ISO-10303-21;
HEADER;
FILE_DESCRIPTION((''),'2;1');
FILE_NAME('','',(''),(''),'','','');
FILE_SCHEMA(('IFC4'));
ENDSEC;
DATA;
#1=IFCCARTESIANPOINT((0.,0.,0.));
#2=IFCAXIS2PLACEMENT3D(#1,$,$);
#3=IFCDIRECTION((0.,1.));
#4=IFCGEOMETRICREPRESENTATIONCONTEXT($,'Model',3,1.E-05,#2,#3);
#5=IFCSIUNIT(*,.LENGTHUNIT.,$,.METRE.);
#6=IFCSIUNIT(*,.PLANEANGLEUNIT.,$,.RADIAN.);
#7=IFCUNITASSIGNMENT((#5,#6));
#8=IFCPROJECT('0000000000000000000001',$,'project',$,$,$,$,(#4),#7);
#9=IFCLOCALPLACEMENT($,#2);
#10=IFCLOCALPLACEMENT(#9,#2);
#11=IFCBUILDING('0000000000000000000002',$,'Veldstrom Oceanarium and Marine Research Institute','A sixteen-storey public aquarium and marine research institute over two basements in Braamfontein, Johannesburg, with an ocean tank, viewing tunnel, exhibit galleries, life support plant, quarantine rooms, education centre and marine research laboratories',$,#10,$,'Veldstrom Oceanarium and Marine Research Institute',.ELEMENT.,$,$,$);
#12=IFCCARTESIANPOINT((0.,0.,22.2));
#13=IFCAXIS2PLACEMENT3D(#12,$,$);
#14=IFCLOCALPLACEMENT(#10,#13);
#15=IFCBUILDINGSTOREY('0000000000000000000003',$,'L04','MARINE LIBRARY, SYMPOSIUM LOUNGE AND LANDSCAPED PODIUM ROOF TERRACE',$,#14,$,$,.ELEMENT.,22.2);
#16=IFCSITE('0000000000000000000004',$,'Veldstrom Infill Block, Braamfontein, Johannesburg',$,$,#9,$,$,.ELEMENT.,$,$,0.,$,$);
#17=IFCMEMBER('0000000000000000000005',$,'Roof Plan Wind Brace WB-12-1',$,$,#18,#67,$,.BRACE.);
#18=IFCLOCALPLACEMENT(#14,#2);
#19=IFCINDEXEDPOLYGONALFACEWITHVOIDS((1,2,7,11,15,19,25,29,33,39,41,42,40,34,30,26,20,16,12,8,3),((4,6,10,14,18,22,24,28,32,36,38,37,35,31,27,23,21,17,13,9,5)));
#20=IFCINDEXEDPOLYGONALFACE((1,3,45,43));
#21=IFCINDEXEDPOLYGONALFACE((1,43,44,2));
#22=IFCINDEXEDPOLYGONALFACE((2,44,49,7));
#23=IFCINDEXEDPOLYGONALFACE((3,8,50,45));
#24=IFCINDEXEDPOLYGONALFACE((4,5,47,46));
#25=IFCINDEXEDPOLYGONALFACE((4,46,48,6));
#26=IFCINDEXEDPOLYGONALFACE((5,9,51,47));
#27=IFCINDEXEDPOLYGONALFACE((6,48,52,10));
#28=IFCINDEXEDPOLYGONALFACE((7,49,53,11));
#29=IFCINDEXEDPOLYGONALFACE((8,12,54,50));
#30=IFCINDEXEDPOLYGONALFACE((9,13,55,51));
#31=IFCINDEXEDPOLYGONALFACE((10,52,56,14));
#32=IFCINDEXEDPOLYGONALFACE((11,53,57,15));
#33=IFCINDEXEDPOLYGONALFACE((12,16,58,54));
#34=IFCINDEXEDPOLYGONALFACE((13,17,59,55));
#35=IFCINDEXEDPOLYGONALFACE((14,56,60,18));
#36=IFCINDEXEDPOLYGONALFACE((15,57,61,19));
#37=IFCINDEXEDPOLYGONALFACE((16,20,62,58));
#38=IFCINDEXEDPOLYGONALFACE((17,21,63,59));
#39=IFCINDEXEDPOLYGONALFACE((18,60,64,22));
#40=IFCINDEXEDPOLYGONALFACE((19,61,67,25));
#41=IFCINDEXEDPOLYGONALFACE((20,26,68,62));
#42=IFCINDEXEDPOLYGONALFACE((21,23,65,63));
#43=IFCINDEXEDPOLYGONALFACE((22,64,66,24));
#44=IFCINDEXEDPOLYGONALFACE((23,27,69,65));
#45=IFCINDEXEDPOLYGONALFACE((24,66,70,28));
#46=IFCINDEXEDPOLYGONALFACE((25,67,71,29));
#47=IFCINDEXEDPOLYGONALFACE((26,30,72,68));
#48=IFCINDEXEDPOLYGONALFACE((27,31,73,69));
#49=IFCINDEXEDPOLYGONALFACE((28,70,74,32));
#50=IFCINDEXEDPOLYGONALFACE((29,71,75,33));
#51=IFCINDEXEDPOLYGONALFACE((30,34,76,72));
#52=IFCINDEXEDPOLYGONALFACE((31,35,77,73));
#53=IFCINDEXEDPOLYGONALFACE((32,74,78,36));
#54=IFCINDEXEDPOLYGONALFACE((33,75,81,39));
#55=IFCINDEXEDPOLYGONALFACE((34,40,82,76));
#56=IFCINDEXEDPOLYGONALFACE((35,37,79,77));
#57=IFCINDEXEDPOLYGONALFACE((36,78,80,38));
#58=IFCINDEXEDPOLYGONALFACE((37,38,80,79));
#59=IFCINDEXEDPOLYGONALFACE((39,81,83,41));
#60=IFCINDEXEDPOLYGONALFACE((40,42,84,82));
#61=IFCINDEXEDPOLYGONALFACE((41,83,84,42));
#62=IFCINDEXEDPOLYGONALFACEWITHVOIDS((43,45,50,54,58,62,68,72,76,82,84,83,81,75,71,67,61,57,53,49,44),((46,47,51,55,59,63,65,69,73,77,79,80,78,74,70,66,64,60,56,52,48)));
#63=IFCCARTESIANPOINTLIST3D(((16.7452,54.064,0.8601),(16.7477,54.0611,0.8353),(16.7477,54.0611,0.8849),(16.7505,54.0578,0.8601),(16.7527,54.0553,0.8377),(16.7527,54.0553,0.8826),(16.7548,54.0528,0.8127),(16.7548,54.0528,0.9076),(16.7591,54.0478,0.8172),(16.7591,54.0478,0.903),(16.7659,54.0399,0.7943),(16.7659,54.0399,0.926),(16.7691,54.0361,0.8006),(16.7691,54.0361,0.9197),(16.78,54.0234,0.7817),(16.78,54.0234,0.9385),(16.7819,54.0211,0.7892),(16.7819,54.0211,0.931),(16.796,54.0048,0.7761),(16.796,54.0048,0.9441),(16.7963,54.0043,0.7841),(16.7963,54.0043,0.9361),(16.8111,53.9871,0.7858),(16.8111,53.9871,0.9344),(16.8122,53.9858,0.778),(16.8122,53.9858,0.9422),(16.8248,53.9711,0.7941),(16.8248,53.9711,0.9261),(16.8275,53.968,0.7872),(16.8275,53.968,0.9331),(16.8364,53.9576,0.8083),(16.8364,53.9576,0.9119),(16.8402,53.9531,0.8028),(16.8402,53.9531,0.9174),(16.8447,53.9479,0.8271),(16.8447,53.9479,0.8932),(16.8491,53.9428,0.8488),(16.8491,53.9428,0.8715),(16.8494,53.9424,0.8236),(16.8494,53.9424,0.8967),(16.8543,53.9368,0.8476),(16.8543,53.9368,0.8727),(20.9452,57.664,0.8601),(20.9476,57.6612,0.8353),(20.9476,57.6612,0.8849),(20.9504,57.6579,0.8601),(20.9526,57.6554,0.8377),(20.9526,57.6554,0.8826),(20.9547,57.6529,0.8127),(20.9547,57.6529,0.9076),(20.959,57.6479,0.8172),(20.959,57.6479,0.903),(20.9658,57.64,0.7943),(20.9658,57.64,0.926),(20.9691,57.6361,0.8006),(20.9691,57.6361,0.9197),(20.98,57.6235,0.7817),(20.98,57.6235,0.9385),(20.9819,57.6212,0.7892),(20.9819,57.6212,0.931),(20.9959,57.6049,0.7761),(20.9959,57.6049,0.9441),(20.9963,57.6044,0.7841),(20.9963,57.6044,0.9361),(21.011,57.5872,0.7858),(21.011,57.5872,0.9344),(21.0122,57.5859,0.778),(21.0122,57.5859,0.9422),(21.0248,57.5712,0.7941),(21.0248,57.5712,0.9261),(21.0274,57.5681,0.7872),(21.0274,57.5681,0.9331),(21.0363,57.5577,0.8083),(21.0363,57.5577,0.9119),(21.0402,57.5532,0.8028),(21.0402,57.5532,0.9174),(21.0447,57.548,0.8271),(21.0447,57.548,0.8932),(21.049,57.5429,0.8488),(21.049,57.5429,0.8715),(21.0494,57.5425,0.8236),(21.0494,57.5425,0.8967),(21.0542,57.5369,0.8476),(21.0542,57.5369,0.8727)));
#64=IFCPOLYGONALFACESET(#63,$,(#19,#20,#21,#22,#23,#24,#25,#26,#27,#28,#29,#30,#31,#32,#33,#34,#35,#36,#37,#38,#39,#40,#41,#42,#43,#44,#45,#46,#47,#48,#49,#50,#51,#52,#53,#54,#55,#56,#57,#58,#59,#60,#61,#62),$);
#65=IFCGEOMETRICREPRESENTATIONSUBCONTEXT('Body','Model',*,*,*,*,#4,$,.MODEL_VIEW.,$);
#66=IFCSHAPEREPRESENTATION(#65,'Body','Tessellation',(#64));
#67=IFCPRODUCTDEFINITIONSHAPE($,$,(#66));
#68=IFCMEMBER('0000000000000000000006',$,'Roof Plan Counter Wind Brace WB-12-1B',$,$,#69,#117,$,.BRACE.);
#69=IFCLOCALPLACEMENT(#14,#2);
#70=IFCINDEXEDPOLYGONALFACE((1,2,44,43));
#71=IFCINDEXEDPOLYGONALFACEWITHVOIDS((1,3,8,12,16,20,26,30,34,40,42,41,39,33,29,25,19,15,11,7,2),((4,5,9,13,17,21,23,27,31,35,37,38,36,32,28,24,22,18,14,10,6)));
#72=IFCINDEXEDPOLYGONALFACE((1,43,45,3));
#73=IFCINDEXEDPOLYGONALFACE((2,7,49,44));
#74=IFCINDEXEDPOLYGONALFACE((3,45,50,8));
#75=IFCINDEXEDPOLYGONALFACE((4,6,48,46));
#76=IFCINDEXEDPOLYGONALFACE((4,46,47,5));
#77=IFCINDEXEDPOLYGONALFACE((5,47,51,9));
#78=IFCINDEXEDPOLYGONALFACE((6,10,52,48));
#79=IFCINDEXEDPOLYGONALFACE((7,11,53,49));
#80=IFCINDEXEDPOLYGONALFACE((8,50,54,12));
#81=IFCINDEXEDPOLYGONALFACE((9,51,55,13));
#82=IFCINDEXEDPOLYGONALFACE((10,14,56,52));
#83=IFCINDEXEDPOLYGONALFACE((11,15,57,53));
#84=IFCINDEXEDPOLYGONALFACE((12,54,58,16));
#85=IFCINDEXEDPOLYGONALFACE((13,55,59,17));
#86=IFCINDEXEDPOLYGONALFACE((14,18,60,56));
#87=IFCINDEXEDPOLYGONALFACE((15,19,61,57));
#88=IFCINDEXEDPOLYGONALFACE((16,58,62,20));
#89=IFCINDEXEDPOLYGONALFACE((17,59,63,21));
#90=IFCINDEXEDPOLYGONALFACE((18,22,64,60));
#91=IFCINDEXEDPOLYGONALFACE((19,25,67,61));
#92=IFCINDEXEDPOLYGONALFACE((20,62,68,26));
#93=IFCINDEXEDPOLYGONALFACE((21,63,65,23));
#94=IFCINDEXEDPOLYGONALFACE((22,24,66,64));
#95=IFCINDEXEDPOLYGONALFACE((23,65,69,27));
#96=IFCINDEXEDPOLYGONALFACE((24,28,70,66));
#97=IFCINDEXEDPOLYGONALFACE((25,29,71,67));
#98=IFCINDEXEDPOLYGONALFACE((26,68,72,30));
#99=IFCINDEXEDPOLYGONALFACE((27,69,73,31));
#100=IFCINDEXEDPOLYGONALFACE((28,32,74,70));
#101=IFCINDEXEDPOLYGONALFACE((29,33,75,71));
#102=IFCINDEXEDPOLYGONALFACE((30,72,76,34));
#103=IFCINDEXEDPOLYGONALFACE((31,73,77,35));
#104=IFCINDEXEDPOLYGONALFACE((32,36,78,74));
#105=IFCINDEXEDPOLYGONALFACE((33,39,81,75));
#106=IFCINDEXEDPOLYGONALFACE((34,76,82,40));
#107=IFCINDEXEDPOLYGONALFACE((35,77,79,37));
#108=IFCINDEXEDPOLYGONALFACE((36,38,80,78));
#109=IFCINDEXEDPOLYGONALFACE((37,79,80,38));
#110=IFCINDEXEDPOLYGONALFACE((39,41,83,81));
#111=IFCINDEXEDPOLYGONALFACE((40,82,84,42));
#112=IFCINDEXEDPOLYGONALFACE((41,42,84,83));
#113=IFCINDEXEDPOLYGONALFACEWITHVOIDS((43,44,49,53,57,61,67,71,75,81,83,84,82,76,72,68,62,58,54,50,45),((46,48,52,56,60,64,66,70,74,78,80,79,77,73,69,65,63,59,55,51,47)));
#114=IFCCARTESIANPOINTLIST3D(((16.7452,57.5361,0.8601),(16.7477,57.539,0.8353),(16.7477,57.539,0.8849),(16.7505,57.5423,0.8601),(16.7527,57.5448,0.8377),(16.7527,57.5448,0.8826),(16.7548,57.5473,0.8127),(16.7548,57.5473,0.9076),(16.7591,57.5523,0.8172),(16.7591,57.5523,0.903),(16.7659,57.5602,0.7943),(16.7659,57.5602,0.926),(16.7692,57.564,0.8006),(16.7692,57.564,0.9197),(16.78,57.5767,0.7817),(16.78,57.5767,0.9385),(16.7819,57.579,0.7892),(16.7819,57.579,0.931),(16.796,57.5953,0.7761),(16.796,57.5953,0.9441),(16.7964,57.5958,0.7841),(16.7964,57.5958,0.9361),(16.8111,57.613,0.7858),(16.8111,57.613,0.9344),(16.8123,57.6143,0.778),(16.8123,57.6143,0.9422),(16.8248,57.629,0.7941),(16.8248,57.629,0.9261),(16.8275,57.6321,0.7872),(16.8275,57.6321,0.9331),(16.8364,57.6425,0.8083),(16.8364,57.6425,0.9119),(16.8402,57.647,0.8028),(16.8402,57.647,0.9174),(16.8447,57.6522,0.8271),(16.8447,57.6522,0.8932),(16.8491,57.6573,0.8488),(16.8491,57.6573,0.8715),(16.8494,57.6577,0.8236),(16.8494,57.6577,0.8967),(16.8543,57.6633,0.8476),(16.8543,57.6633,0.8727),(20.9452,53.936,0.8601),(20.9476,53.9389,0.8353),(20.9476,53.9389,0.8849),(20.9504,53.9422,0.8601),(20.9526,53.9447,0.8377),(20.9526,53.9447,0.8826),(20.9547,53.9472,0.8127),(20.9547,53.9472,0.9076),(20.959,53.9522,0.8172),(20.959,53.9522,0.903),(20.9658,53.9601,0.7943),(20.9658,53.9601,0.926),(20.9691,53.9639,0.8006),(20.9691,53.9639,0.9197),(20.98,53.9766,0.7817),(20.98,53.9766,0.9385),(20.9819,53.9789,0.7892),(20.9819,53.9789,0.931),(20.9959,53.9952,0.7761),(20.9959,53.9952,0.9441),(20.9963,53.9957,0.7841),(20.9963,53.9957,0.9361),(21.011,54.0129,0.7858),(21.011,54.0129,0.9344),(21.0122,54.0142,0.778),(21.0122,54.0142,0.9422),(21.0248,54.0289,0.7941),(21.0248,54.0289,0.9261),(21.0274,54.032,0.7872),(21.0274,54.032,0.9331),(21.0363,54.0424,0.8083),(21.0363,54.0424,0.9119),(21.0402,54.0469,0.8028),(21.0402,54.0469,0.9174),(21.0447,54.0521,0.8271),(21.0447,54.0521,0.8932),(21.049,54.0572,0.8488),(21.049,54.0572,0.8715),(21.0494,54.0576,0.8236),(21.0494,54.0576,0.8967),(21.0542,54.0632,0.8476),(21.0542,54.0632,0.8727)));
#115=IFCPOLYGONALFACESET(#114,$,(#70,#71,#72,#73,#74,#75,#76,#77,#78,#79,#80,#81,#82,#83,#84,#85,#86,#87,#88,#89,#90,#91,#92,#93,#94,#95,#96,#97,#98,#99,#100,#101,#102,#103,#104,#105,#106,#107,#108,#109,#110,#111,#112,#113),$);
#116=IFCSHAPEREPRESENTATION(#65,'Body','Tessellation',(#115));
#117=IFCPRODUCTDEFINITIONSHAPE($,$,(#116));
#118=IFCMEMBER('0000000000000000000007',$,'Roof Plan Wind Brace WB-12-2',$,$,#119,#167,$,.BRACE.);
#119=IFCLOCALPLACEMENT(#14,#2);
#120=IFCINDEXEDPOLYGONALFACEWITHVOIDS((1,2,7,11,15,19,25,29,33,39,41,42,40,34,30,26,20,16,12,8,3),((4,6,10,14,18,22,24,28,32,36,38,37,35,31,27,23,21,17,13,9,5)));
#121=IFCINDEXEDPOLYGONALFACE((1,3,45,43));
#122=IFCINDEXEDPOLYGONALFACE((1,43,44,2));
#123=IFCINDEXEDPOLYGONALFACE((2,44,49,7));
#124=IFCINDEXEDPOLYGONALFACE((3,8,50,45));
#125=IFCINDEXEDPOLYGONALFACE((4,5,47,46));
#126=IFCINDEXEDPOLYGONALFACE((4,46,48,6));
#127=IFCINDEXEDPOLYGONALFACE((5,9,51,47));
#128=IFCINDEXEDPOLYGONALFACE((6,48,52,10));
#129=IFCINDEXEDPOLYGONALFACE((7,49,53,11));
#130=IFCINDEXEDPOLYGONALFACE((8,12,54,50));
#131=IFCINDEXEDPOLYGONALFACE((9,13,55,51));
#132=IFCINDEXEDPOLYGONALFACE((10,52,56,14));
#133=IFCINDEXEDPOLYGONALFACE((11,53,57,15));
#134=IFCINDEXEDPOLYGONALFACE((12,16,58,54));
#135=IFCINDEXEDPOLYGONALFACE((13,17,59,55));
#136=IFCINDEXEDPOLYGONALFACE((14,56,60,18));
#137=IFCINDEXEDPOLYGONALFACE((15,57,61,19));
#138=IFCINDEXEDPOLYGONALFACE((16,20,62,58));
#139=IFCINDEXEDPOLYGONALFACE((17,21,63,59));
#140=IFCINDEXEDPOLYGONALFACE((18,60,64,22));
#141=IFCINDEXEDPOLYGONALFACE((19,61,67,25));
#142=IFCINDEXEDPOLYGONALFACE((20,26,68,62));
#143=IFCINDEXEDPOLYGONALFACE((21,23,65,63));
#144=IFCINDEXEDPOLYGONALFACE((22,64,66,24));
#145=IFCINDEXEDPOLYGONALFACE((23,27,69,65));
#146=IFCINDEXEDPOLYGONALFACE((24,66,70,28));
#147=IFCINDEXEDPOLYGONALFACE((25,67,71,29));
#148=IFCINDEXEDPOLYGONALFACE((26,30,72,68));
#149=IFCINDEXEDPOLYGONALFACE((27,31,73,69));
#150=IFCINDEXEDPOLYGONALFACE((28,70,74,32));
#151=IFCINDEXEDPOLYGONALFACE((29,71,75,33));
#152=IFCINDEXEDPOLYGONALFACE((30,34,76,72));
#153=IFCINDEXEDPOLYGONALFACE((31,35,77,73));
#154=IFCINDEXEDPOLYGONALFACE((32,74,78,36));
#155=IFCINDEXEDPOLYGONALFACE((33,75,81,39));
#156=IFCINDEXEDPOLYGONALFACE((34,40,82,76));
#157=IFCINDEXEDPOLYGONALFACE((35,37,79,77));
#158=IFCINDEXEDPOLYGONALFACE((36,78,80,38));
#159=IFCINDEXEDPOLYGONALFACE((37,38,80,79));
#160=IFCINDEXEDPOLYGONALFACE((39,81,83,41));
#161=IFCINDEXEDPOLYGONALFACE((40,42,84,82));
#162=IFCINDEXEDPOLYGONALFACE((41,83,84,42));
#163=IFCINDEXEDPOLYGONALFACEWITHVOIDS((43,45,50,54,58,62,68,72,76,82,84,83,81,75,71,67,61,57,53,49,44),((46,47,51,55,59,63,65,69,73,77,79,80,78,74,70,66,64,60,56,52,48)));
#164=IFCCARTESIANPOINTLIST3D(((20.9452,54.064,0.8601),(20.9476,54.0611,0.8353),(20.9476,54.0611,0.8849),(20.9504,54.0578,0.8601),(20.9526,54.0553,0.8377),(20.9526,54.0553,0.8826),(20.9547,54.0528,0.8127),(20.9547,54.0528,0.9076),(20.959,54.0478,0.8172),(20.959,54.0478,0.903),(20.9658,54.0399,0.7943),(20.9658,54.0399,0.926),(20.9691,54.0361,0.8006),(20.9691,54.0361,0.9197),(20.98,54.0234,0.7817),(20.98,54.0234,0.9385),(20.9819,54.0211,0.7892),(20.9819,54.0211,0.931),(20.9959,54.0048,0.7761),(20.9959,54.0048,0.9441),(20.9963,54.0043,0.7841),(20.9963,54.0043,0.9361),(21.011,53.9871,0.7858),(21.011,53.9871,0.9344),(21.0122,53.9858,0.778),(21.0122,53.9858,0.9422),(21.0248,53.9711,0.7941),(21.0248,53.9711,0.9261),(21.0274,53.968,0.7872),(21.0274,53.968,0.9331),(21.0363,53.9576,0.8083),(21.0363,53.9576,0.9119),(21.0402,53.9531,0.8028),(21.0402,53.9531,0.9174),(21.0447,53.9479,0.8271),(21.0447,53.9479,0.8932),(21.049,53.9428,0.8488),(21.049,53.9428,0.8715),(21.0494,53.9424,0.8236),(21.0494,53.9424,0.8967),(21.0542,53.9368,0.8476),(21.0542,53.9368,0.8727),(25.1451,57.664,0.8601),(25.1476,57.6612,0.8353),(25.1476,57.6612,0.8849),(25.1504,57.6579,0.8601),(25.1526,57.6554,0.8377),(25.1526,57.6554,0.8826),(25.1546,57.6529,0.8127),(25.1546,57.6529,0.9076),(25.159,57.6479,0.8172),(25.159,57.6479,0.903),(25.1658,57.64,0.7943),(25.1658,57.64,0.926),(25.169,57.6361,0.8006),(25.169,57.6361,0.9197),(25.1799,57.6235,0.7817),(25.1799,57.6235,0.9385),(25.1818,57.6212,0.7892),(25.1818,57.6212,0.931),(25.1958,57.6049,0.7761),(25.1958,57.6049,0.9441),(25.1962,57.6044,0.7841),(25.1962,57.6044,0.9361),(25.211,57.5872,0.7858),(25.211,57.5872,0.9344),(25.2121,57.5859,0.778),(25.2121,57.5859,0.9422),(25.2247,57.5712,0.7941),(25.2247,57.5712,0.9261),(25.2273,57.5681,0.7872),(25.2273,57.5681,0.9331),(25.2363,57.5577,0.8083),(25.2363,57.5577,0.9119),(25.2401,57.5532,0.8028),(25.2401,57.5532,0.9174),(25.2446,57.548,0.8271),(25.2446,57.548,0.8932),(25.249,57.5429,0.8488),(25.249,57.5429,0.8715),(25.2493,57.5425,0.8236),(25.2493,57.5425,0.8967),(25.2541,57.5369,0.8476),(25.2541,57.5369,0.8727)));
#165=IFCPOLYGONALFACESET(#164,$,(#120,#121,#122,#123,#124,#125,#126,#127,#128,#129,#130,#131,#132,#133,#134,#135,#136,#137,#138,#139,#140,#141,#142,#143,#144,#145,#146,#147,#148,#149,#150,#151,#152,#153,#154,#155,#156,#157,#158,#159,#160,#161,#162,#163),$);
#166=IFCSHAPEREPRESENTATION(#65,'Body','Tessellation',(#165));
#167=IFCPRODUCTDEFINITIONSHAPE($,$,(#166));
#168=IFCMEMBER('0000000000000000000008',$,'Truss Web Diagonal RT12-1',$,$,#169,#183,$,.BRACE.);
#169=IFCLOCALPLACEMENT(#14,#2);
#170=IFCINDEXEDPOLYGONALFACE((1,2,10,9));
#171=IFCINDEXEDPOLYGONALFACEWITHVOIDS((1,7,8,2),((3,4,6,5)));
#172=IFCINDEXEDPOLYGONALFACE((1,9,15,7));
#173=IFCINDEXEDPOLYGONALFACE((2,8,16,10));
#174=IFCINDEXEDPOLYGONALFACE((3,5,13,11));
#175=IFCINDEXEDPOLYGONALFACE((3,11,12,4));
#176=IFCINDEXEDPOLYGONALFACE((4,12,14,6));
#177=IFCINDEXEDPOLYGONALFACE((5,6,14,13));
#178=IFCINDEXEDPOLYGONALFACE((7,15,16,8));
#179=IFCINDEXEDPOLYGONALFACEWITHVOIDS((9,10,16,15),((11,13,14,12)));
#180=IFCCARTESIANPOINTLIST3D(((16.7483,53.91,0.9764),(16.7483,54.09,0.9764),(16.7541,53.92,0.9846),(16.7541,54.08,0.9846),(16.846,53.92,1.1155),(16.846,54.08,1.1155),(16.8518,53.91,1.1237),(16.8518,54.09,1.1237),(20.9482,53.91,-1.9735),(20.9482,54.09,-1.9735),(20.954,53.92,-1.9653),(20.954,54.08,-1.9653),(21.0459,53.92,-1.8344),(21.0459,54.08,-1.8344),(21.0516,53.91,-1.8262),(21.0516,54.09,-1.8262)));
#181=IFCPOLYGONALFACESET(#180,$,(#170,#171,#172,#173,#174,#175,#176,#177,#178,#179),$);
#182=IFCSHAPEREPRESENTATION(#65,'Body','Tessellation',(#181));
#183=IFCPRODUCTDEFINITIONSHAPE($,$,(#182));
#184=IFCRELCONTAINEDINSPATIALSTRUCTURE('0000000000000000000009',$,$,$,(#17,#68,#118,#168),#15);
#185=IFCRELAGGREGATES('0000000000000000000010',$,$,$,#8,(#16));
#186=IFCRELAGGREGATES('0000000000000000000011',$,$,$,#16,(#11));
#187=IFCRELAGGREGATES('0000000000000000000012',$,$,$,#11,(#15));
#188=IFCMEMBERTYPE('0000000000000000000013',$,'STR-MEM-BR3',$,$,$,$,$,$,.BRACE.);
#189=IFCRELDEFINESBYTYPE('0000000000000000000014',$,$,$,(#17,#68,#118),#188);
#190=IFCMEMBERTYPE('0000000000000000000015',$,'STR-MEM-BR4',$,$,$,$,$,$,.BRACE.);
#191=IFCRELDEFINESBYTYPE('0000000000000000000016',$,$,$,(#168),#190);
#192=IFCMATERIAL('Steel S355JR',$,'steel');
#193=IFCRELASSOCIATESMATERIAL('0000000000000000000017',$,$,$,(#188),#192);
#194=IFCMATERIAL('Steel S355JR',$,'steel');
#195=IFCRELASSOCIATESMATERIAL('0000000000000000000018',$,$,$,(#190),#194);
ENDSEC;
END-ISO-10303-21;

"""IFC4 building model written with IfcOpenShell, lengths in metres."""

from ifc_helpers import new_model, si_unit, direction, frame, origin, origin_2d, place, context, subcontext, project, spatial, hollow_rectangle, hollow_circle, extrude, material, material_profile, profile_set, type_object, element, save


model = new_model("IFC4")

# Units and contexts
model_context = context("Model", 3, precision=1e-05, world=origin(), true_north=direction((0.0, 1.0)))
body_context = subcontext(model_context, "Body", "Model", "MODEL_VIEW")
ifc_project = project(units=[si_unit("LENGTHUNIT", "METRE"), si_unit("PLANEANGLEUNIT", "RADIAN")], contexts=[model_context])

# Site, building, storey
site_placement = place(None, origin())
site = spatial("IfcSite", under=ifc_project, at=site_placement, Name="Veldstrom Infill Block, Braamfontein, Johannesburg", CompositionType="ELEMENT", RefElevation=0.0)
building_placement = place(site_placement, origin())
building = spatial("IfcBuilding", under=site, at=building_placement, Name="Veldstrom Oceanarium and Marine Research Institute", Description="A sixteen-storey public aquarium and marine research institute over two basements in Braamfontein, Johannesburg, with an ocean tank, viewing tunnel, exhibit galleries, life support plant, quarantine rooms, education centre and marine research laboratories", LongName="Veldstrom Oceanarium and Marine Research Institute", CompositionType="ELEMENT")
storey_placement = place(building_placement, frame((0.0, 0.0, 22.2)))
storey = spatial("IfcBuildingStorey", under=building, at=storey_placement, Name="L04", Description="MARINE LIBRARY, SYMPOSIUM LOUNGE AND LANDSCAPED PODIUM ROOF TERRACE", CompositionType="ELEMENT", Elevation=22.2)

# Members
ifc_material_1 = material(Name="Steel S355JR", Category="steel")
ifc_material_profile_1 = material_profile(ifc_material_1, hollow_circle(Radius=0.0842, WallThickness=0.0081, at=origin_2d()), Name="CHS 168.3x8")
ifc_profile_set_1 = profile_set([ifc_material_profile_1], Name="Steel S355JR")
member_type_1 = type_object("IfcMemberType", Name="STR-MEM-BR3", PredefinedType="BRACE", material=ifc_profile_set_1)
for number, where, z_axis, x_axis, name in (
    (1, (16.8, 54.0, 0.8601), (0.759244, 0.650806, 0.0), (-0.650806, 0.759244, 0.0), "Roof Plan Wind Brace WB-12-1"),
    (2, (21.0, 54.0, 0.8601), (-0.759244, 0.650806, 0.0), (-0.650806, -0.759244, 0.0), "Roof Plan Counter Wind Brace WB-12-1B"),
    (3, (21.0, 54.0, 0.8601), (0.759244, 0.650806, 0.0), (-0.650806, 0.759244, 0.0), "Roof Plan Wind Brace WB-12-2"),
):
    element("IfcMember", number, at=place(storey_placement, frame(where, z_axis=z_axis, x_axis=x_axis)), inside=storey, type_object=member_type_1, Name=name, PredefinedType="BRACE", context=body_context, shape_type="SweptSolid", body=[
        extrude(hollow_circle(Radius=0.0842, WallThickness=0.0081, at=origin_2d()), origin(), (0.0, 0.0, 1.0), 5.5317),
    ])
ifc_material_2 = material(Name="Steel S355JR", Category="steel")
ifc_material_profile_2 = material_profile(ifc_material_2, hollow_rectangle(XDim=0.1799, YDim=0.1799, WallThickness=0.01, at=origin_2d()), Name="SHS 180x180x10")
ifc_profile_set_2 = profile_set([ifc_material_profile_2], Name="Steel S355JR")
member_type_2 = type_object("IfcMemberType", Name="STR-MEM-BR4", PredefinedType="BRACE", material=ifc_profile_set_2)
member_1_placement = place(storey_placement, frame((16.8, 54.0, 1.05), z_axis=(0.818317, 0.0, -0.574767), x_axis=(0.0, 1.0, 0.0)))
element("IfcMember", 4, at=member_1_placement, inside=storey, type_object=member_type_2, Name="Truss Web Diagonal RT12-1", PredefinedType="BRACE", context=body_context, shape_type="SweptSolid", body=[
    extrude(hollow_rectangle(XDim=0.1799, YDim=0.1799, WallThickness=0.01, at=origin_2d()), origin(), (0.0, 0.0, 1.0), 5.1323),
])

save(model, "model.ifc")
